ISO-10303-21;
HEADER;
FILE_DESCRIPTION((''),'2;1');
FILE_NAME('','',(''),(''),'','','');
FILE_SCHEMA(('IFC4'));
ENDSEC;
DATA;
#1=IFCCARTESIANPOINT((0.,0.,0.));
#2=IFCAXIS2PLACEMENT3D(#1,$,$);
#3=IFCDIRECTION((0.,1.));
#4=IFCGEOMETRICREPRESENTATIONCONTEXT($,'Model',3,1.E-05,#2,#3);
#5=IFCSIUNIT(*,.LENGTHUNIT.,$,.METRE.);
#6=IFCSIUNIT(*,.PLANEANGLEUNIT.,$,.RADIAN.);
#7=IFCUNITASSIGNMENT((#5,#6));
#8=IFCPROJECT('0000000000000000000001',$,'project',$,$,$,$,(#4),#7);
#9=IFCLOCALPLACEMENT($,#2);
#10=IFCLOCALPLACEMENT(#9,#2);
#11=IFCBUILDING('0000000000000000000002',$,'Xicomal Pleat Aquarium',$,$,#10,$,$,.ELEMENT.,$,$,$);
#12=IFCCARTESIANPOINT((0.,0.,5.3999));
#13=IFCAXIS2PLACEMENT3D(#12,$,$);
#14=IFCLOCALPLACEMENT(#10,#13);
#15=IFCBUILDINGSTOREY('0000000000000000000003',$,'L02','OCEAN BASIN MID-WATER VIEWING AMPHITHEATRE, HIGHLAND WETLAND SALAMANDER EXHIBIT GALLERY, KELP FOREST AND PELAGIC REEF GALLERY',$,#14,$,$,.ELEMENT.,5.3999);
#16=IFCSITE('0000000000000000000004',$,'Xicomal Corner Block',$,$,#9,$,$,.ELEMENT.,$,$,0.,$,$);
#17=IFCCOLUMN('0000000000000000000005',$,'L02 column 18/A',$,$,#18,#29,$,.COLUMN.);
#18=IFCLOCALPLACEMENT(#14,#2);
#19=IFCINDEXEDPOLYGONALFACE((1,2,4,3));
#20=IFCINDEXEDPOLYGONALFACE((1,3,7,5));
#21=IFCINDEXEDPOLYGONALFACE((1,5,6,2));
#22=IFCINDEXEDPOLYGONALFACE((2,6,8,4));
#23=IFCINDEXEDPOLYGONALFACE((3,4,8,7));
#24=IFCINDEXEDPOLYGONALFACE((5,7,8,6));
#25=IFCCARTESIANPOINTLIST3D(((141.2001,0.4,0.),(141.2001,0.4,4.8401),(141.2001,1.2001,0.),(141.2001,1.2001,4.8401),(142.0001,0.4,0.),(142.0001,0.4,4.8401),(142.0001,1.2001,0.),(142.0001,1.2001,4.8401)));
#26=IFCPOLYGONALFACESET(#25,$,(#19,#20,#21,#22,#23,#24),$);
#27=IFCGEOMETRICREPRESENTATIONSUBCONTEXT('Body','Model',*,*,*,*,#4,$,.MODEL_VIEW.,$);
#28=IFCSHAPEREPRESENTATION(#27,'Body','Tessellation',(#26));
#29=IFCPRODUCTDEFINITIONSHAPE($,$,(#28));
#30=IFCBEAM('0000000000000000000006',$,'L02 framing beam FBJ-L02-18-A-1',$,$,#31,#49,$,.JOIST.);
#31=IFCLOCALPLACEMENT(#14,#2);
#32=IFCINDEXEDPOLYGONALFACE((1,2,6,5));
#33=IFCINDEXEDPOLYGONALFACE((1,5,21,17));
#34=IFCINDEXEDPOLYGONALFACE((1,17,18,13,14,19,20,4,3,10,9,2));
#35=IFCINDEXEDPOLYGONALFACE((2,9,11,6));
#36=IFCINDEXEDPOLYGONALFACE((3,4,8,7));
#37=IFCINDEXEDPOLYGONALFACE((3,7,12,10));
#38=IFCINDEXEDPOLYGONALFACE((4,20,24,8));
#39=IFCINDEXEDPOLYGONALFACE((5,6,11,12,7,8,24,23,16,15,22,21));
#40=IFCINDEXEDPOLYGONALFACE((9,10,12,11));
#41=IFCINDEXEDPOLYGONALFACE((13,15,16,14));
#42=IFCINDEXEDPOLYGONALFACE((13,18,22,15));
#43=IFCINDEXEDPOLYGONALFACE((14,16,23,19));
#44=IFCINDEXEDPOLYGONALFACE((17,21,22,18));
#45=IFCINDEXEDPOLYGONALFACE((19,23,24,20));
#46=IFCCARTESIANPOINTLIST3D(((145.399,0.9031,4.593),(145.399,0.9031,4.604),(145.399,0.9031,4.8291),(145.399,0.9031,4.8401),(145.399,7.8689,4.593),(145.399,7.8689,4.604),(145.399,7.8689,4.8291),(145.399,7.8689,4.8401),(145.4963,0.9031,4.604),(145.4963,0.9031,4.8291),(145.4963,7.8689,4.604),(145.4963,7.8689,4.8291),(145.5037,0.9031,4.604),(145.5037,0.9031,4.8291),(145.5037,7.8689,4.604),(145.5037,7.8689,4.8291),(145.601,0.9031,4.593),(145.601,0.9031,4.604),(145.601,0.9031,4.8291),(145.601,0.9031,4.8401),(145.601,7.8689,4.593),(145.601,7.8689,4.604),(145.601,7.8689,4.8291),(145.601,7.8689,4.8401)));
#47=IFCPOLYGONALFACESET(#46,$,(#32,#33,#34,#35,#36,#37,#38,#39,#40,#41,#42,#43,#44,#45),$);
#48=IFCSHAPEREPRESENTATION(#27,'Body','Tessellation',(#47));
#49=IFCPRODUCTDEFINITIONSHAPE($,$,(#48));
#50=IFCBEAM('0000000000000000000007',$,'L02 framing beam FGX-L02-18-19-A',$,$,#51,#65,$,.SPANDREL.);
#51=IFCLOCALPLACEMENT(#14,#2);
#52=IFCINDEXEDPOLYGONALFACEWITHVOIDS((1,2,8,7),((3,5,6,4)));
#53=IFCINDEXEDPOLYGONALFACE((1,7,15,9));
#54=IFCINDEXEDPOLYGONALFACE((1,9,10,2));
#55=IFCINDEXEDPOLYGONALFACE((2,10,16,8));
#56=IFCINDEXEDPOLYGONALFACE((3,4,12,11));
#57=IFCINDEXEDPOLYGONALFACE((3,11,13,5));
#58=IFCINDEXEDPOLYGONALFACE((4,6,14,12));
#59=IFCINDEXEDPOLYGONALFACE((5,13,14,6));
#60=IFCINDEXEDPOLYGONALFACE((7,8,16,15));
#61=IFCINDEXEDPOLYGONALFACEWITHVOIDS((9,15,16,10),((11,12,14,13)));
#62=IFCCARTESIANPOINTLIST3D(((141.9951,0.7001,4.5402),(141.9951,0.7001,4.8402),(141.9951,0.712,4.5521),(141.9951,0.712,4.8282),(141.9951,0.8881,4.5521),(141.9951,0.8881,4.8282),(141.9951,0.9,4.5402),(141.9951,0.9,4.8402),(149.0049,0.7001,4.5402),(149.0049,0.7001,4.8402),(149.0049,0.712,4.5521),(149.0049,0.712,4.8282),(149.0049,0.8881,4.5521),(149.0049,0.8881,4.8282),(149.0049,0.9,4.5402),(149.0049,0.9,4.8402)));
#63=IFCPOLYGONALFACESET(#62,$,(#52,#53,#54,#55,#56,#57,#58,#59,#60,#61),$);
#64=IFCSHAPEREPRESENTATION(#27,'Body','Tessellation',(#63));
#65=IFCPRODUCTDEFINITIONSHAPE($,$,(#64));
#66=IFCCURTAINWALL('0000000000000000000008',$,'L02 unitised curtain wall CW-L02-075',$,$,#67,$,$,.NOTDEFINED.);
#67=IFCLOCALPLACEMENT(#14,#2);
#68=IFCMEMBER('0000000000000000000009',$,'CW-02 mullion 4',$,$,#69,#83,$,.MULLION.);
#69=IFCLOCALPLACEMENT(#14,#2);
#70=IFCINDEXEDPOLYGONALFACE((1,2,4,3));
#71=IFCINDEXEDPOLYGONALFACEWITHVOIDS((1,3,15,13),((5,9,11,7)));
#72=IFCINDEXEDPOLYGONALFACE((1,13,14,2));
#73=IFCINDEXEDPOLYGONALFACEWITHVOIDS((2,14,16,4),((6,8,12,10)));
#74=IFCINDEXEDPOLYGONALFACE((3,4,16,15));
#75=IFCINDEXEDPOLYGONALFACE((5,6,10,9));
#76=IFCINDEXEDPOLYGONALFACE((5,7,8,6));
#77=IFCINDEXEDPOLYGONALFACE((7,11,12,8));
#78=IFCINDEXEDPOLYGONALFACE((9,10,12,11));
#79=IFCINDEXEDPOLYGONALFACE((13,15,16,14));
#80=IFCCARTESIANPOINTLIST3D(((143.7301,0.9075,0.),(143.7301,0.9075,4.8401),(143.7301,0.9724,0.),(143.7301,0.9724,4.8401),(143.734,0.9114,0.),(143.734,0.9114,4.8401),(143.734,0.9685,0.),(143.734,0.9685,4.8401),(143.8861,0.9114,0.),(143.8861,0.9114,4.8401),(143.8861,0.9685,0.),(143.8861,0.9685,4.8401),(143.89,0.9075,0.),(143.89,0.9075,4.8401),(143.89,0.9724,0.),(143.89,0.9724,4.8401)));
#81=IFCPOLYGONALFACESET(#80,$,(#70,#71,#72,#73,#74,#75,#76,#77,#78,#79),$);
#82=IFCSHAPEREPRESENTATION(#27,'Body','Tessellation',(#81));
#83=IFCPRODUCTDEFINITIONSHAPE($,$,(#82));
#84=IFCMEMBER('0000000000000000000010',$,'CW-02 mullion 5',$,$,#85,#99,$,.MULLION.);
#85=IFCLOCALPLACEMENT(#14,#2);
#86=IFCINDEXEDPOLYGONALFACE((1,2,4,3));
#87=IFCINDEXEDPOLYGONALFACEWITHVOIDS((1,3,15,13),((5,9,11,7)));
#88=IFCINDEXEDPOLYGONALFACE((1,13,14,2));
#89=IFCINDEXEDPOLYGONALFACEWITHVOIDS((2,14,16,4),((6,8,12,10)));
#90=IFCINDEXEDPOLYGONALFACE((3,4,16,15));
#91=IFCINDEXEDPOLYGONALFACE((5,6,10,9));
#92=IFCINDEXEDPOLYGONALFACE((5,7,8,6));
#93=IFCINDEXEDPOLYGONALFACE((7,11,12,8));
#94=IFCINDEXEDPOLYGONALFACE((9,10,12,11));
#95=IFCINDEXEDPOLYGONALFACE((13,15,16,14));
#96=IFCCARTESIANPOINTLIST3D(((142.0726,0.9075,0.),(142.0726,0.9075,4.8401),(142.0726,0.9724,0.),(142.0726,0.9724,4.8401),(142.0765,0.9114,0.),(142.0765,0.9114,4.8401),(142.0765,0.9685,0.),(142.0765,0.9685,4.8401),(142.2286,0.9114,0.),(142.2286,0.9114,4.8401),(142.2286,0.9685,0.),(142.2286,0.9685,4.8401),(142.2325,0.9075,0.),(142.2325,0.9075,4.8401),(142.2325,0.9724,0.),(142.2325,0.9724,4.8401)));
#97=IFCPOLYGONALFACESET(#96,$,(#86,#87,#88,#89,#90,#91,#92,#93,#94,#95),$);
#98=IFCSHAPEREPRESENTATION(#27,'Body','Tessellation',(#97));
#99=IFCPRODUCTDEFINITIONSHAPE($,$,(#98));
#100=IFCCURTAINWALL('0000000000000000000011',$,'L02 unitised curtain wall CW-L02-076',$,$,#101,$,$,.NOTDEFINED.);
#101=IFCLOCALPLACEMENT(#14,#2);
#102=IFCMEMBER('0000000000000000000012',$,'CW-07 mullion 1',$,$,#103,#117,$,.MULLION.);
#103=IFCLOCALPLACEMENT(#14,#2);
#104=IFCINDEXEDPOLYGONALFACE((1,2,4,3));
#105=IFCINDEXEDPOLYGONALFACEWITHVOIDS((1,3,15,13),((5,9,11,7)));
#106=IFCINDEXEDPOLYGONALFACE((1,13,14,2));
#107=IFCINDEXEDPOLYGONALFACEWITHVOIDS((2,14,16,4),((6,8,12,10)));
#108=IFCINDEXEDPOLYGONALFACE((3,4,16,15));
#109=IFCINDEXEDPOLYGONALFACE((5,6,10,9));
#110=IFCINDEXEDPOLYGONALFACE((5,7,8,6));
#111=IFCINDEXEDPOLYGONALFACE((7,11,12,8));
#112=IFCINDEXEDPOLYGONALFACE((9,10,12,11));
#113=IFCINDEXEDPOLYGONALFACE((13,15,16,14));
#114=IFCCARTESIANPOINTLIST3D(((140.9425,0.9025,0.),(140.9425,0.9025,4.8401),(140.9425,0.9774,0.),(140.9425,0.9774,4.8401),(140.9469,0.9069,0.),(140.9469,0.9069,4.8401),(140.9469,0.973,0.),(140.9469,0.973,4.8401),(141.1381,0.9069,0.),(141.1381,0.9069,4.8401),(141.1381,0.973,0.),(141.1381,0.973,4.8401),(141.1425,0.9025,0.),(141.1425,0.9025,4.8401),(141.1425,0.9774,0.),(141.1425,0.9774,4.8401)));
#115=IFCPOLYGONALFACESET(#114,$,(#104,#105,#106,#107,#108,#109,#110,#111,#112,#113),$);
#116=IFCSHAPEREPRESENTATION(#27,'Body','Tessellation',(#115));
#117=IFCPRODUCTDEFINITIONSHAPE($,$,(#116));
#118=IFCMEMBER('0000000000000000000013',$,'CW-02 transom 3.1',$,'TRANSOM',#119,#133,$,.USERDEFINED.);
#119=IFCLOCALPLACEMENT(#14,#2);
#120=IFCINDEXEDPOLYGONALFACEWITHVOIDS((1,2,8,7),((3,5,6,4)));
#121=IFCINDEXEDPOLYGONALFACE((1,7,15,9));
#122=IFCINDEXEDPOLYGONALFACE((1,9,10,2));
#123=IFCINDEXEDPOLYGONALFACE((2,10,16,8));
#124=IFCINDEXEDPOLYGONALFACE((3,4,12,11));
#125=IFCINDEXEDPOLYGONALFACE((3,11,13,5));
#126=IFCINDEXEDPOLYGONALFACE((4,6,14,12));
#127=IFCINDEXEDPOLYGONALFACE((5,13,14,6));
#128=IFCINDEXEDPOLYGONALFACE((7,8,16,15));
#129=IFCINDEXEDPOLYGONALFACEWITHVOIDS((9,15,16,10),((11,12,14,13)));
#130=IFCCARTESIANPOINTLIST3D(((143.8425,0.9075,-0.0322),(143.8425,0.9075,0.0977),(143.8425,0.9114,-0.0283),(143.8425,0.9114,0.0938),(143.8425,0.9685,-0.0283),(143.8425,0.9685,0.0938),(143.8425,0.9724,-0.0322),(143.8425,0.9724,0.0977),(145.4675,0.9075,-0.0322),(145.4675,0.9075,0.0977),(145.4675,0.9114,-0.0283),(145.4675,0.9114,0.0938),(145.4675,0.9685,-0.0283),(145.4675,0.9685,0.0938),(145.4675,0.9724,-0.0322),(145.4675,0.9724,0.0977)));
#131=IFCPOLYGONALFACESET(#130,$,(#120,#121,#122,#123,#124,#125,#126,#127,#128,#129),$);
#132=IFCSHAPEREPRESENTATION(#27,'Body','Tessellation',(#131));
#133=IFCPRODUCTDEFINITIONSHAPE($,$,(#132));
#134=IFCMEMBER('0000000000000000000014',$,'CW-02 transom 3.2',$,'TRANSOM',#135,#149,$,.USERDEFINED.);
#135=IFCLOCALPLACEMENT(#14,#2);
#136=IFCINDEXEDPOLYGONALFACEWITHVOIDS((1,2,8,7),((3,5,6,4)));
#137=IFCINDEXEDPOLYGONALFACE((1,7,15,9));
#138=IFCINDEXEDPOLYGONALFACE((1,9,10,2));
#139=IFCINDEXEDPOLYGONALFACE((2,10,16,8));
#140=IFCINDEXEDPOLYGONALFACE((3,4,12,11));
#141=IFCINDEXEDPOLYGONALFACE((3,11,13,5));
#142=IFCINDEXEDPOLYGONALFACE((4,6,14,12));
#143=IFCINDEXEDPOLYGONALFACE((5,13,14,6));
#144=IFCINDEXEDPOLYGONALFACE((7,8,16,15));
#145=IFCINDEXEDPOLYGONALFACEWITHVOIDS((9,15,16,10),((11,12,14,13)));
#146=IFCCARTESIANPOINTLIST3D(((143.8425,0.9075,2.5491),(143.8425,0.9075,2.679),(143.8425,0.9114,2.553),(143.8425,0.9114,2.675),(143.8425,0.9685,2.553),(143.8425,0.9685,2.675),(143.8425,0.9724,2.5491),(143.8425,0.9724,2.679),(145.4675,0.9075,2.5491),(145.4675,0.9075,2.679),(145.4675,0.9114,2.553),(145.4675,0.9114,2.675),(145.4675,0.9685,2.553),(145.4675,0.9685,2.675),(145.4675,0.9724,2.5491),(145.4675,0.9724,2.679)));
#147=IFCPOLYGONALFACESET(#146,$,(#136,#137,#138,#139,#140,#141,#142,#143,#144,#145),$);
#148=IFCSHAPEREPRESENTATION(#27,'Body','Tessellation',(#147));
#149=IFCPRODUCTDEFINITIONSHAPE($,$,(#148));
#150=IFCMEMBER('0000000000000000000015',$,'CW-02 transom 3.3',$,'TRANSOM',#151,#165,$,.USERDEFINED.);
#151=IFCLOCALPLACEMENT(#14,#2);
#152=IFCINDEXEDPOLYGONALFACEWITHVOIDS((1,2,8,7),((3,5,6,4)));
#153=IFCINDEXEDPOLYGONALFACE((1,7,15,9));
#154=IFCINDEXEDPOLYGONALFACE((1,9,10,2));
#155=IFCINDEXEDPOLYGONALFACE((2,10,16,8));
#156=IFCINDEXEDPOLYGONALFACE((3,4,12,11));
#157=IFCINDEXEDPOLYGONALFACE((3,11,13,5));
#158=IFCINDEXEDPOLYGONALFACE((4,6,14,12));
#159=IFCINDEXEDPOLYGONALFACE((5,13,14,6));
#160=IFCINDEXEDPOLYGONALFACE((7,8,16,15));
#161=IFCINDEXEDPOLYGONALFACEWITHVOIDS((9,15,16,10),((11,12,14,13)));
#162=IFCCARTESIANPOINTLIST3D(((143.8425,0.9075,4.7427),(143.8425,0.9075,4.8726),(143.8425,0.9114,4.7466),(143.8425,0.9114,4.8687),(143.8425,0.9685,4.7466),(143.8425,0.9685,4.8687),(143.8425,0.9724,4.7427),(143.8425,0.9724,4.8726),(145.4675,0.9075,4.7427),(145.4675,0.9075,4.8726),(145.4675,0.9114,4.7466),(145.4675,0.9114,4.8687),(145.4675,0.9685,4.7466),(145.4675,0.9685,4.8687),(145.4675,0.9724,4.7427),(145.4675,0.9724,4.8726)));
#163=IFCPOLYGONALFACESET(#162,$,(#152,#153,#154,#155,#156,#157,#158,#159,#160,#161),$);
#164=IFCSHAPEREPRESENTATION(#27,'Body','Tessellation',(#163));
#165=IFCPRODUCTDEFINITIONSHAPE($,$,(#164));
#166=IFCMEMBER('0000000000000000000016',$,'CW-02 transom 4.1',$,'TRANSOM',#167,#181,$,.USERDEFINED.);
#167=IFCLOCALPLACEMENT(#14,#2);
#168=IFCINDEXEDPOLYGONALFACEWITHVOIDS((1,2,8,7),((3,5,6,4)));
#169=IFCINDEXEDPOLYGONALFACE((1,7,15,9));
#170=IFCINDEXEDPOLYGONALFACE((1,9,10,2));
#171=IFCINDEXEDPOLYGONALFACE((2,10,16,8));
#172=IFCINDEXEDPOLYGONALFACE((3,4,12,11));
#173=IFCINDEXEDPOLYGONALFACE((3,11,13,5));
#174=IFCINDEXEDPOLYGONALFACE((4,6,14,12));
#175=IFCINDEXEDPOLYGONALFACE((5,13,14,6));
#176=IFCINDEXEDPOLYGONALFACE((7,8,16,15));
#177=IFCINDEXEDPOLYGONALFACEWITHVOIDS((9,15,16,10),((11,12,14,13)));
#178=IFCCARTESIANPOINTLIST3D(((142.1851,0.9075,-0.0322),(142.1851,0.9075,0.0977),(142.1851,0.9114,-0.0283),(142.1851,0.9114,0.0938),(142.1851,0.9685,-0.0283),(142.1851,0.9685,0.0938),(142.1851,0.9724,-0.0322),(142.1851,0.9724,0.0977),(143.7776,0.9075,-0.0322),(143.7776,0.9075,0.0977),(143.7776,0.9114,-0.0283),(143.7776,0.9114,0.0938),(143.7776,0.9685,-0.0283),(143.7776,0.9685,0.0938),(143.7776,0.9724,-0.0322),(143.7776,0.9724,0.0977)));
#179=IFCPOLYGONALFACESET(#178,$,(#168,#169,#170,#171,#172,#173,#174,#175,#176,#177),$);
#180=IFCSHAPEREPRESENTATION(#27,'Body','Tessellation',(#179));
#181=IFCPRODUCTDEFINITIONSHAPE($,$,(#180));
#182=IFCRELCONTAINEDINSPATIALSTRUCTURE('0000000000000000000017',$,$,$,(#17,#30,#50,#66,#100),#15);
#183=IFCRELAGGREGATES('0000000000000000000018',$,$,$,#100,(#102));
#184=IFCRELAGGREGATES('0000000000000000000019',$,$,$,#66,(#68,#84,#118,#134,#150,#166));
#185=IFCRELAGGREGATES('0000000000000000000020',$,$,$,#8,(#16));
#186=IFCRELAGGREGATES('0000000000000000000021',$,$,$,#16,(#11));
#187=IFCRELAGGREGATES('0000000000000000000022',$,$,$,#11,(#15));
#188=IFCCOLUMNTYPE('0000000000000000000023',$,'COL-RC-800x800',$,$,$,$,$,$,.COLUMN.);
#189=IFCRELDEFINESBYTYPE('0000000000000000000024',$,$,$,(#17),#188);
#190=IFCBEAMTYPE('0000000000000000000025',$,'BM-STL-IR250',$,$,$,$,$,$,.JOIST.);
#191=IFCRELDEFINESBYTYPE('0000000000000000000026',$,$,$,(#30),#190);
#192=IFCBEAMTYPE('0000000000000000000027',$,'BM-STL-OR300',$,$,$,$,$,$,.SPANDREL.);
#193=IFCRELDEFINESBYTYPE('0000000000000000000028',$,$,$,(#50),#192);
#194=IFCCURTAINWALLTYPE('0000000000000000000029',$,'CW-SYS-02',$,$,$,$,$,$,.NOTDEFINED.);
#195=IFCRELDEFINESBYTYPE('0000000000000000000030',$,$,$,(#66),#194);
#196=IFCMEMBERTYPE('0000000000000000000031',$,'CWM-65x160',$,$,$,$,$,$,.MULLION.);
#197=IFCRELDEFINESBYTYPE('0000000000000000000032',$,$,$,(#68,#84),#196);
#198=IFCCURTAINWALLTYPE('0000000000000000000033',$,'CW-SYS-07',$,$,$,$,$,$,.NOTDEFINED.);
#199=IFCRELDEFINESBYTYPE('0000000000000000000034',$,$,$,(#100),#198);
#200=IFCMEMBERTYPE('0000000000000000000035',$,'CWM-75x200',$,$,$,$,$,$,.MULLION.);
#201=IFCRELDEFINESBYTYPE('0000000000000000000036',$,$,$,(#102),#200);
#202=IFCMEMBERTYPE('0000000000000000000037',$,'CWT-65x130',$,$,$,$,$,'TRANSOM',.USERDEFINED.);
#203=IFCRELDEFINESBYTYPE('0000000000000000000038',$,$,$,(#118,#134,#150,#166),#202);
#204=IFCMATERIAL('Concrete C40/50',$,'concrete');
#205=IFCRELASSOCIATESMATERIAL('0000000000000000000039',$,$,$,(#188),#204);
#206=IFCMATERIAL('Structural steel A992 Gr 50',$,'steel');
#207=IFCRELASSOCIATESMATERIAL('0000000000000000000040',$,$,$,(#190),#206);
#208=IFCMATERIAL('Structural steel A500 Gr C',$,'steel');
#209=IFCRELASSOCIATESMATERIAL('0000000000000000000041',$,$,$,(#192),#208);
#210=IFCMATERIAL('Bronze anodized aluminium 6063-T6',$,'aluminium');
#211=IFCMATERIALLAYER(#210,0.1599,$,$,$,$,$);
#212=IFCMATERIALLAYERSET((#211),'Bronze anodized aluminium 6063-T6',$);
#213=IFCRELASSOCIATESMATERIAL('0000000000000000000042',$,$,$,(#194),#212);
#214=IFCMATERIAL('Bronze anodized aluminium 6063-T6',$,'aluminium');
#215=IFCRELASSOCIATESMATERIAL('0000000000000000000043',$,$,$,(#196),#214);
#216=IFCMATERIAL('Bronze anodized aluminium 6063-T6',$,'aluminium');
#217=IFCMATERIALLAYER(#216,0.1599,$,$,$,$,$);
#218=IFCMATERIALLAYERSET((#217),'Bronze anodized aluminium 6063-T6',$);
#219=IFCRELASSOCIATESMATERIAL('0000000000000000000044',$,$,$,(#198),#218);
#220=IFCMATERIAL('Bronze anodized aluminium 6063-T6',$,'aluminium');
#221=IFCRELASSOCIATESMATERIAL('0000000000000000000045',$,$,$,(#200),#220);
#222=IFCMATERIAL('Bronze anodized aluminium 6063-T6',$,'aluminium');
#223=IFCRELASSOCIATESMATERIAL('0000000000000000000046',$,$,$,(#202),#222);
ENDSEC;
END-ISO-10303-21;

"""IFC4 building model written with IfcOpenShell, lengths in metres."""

from ifc_helpers import new_model, si_unit, direction, frame, origin, origin_2d, place, context, subcontext, project, spatial, rectangle, hollow_rectangle, i_section, extrude, material, layer, layer_set, material_profile, profile_set, type_object, element, aggregate, save


model = new_model("IFC4")

# Units and contexts
model_context = context("Model", 3, precision=1e-05, world=origin(), true_north=direction((0.0, 1.0)))
body_context = subcontext(model_context, "Body", "Model", "MODEL_VIEW")
ifc_project = project(units=[si_unit("LENGTHUNIT", "METRE"), si_unit("PLANEANGLEUNIT", "RADIAN")], contexts=[model_context])

# Site, building, storey
site_placement = place(None, origin())
site = spatial("IfcSite", under=ifc_project, at=site_placement, Name="Xicomal Corner Block", CompositionType="ELEMENT", RefElevation=0.0)
building_placement = place(site_placement, origin())
building = spatial("IfcBuilding", under=site, at=building_placement, Name="Xicomal Pleat Aquarium", CompositionType="ELEMENT")
storey_placement = place(building_placement, frame((0.0, 0.0, 5.3999)))
storey = spatial("IfcBuildingStorey", under=building, at=storey_placement, Name="L02", Description="OCEAN BASIN MID-WATER VIEWING AMPHITHEATRE, HIGHLAND WETLAND SALAMANDER EXHIBIT GALLERY, KELP FOREST AND PELAGIC REEF GALLERY", CompositionType="ELEMENT", Elevation=5.3999)

# Column
ifc_material_1 = material(Name="Concrete C40/50", Category="concrete")
ifc_material_profile_1 = material_profile(ifc_material_1, rectangle(XDim=0.8, YDim=0.8, at=origin_2d()), Name="RC 800x800")
ifc_profile_set_1 = profile_set([ifc_material_profile_1], Name="Concrete C40/50")
column_type = type_object("IfcColumnType", Name="COL-RC-800x800", PredefinedType="COLUMN", material=ifc_profile_set_1)
column_placement = place(storey_placement, frame((141.6001, 0.8, 0.0), z_axis=(0.0, 0.0, 1.0), x_axis=(1.0, 0.0, 0.0)))
element("IfcColumn", 1, at=column_placement, inside=storey, type_object=column_type, Name="L02 column 18/A", PredefinedType="COLUMN", context=body_context, shape_type="SweptSolid", body=[
    extrude(rectangle(XDim=0.8, YDim=0.8, at=origin_2d()), origin(), (0.0, 0.0, 1.0), 4.8401),
])

# Beams
ifc_material_2 = material(Name="Structural steel A992 Gr 50", Category="steel")
ifc_material_profile_2 = material_profile(ifc_material_2, i_section(OverallWidth=0.2019, OverallDepth=0.2471, WebThickness=0.0073, FlangeThickness=0.011, at=origin_2d()), Name="IR 250x49")
ifc_profile_set_2 = profile_set([ifc_material_profile_2], Name="Structural steel A992 Gr 50")
beam_type_1 = type_object("IfcBeamType", Name="BM-STL-IR250", PredefinedType="JOIST", material=ifc_profile_set_2)
beam_1_placement = place(storey_placement, frame((145.5, 0.9031, 4.7166), z_axis=(0.0, 1.0, 0.0), x_axis=(-1.0, 0.0, 0.0)))
element("IfcBeam", 2, at=beam_1_placement, inside=storey, type_object=beam_type_1, Name="L02 framing beam FBJ-L02-18-A-1", PredefinedType="JOIST", context=body_context, shape_type="SweptSolid", body=[
    extrude(i_section(OverallWidth=0.2019, OverallDepth=0.2471, WebThickness=0.0073, FlangeThickness=0.011, at=origin_2d()), origin(), (0.0, 0.0, 1.0), 6.9658),
])
ifc_material_3 = material(Name="Structural steel A500 Gr C", Category="steel")
ifc_material_profile_3 = material_profile(ifc_material_3, hollow_rectangle(XDim=0.2, YDim=0.3, WallThickness=0.012, at=origin_2d()), Name="OR 300x200x12")
ifc_profile_set_3 = profile_set([ifc_material_profile_3], Name="Structural steel A500 Gr C")
beam_type_2 = type_object("IfcBeamType", Name="BM-STL-OR300", PredefinedType="SPANDREL", material=ifc_profile_set_3)
beam_2_placement = place(storey_placement, frame((141.9951, 0.8, 4.6902), z_axis=(1.0, 0.0, 0.0), x_axis=(0.0, 1.0, 0.0)))
element("IfcBeam", 3, at=beam_2_placement, inside=storey, type_object=beam_type_2, Name="L02 framing beam FGX-L02-18-19-A", PredefinedType="SPANDREL", context=body_context, shape_type="SweptSolid", body=[
    extrude(hollow_rectangle(XDim=0.2, YDim=0.3, WallThickness=0.012, at=origin_2d()), origin(), (0.0, 0.0, 1.0), 7.0098),
])

# Curtain wall, members
ifc_material_4 = material(Name="Bronze anodized aluminium 6063-T6", Category="aluminium")
ifc_layer_1 = layer(ifc_material_4, 0.1599)
ifc_layer_set_1 = layer_set([ifc_layer_1], Name="Bronze anodized aluminium 6063-T6")
curtain_wall_type_1 = type_object("IfcCurtainWallType", Name="CW-SYS-02", PredefinedType="NOTDEFINED", material=ifc_layer_set_1)
curtain_wall_1_placement = place(storey_placement, origin())
curtain_wall_1 = element("IfcCurtainWall", 4, at=curtain_wall_1_placement, inside=storey, type_object=curtain_wall_type_1, Name="L02 unitised curtain wall CW-L02-075", PredefinedType="NOTDEFINED")
ifc_material_5 = material(Name="Bronze anodized aluminium 6063-T6", Category="aluminium")
ifc_material_profile_4 = material_profile(ifc_material_5, hollow_rectangle(XDim=0.0649, YDim=0.1599, WallThickness=0.0039, at=origin_2d()), Name="ALU MULL 65x160")
ifc_profile_set_4 = profile_set([ifc_material_profile_4], Name="Bronze anodized aluminium 6063-T6")
member_type_1 = type_object("IfcMemberType", Name="CWM-65x160", PredefinedType="MULLION", material=ifc_profile_set_4)
member_1_placement = place(storey_placement, frame((143.8101, 0.9399, 0.0), z_axis=(0.0, 0.0, 1.0), x_axis=(0.0, -1.0, 0.0)))
member_1 = element("IfcMember", 5, at=member_1_placement, type_object=member_type_1, Name="CW-02 mullion 4", PredefinedType="MULLION", context=body_context, shape_type="SweptSolid", body=[
    extrude(hollow_rectangle(XDim=0.0649, YDim=0.1599, WallThickness=0.0039, at=origin_2d()), origin(), (0.0, 0.0, 1.0), 4.8401),
])
member_2_placement = place(storey_placement, frame((142.1526, 0.9399, 0.0), z_axis=(0.0, 0.0, 1.0), x_axis=(0.0, -1.0, 0.0)))
member_2 = element("IfcMember", 6, at=member_2_placement, type_object=member_type_1, Name="CW-02 mullion 5", PredefinedType="MULLION", context=body_context, shape_type="SweptSolid", body=[
    extrude(hollow_rectangle(XDim=0.0649, YDim=0.1599, WallThickness=0.0039, at=origin_2d()), origin(), (0.0, 0.0, 1.0), 4.8401),
])

# Curtain wall, member
ifc_material_6 = material(Name="Bronze anodized aluminium 6063-T6", Category="aluminium")
ifc_layer_2 = layer(ifc_material_6, 0.1599)
ifc_layer_set_2 = layer_set([ifc_layer_2], Name="Bronze anodized aluminium 6063-T6")
curtain_wall_type_2 = type_object("IfcCurtainWallType", Name="CW-SYS-07", PredefinedType="NOTDEFINED", material=ifc_layer_set_2)
curtain_wall_2_placement = place(storey_placement, origin())
curtain_wall_2 = element("IfcCurtainWall", 7, at=curtain_wall_2_placement, inside=storey, type_object=curtain_wall_type_2, Name="L02 unitised curtain wall CW-L02-076", PredefinedType="NOTDEFINED")
ifc_material_7 = material(Name="Bronze anodized aluminium 6063-T6", Category="aluminium")
ifc_material_profile_5 = material_profile(ifc_material_7, hollow_rectangle(XDim=0.075, YDim=0.2, WallThickness=0.0044, at=origin_2d()), Name="ALU MULL 75x200")
ifc_profile_set_5 = profile_set([ifc_material_profile_5], Name="Bronze anodized aluminium 6063-T6")
member_type_2 = type_object("IfcMemberType", Name="CWM-75x200", PredefinedType="MULLION", material=ifc_profile_set_5)
member_3_placement = place(storey_placement, frame((141.0425, 0.9399, 0.0), z_axis=(0.0, 0.0, 1.0), x_axis=(0.0, -1.0, 0.0)))
member_3 = element("IfcMember", 8, at=member_3_placement, type_object=member_type_2, Name="CW-07 mullion 1", PredefinedType="MULLION", context=body_context, shape_type="SweptSolid", body=[
    extrude(hollow_rectangle(XDim=0.075, YDim=0.2, WallThickness=0.0044, at=origin_2d()), origin(), (0.0, 0.0, 1.0), 4.8401),
])

# Members
ifc_material_8 = material(Name="Bronze anodized aluminium 6063-T6", Category="aluminium")
ifc_material_profile_6 = material_profile(ifc_material_8, hollow_rectangle(XDim=0.0649, YDim=0.1299, WallThickness=0.0039, at=origin_2d()), Name="ALU TRAN 65x130")
ifc_profile_set_6 = profile_set([ifc_material_profile_6], Name="Bronze anodized aluminium 6063-T6")
member_type_3 = type_object("IfcMemberType", Name="CWT-65x130", ElementType="TRANSOM", PredefinedType="USERDEFINED", material=ifc_profile_set_6)
member_4_placement = place(storey_placement, frame((145.4675, 0.9399, 0.0327), z_axis=(-1.0, 0.0, 0.0), x_axis=(0.0, -1.0, 0.0)))
member_4 = element("IfcMember", 9, at=member_4_placement, type_object=member_type_3, Name="CW-02 transom 3.1", ObjectType="TRANSOM", PredefinedType="USERDEFINED", context=body_context, shape_type="SweptSolid", body=[
    extrude(hollow_rectangle(XDim=0.0649, YDim=0.1299, WallThickness=0.0039, at=origin_2d()), origin(), (0.0, 0.0, 1.0), 1.625),
])
member_5_placement = place(storey_placement, frame((145.4675, 0.9399, 2.614), z_axis=(-1.0, 0.0, 0.0), x_axis=(0.0, -1.0, 0.0)))
member_5 = element("IfcMember", 10, at=member_5_placement, type_object=member_type_3, Name="CW-02 transom 3.2", ObjectType="TRANSOM", PredefinedType="USERDEFINED", context=body_context, shape_type="SweptSolid", body=[
    extrude(hollow_rectangle(XDim=0.0649, YDim=0.1299, WallThickness=0.0039, at=origin_2d()), origin(), (0.0, 0.0, 1.0), 1.625),
])
member_6_placement = place(storey_placement, frame((145.4675, 0.9399, 4.8076), z_axis=(-1.0, 0.0, 0.0), x_axis=(0.0, -1.0, 0.0)))
member_6 = element("IfcMember", 11, at=member_6_placement, type_object=member_type_3, Name="CW-02 transom 3.3", ObjectType="TRANSOM", PredefinedType="USERDEFINED", context=body_context, shape_type="SweptSolid", body=[
    extrude(hollow_rectangle(XDim=0.0649, YDim=0.1299, WallThickness=0.0039, at=origin_2d()), origin(), (0.0, 0.0, 1.0), 1.625),
])
member_7_placement = place(storey_placement, frame((143.7776, 0.9399, 0.0327), z_axis=(-1.0, 0.0, 0.0), x_axis=(0.0, -1.0, 0.0)))
member_7 = element("IfcMember", 12, at=member_7_placement, type_object=member_type_3, Name="CW-02 transom 4.1", ObjectType="TRANSOM", PredefinedType="USERDEFINED", context=body_context, shape_type="SweptSolid", body=[
    extrude(hollow_rectangle(XDim=0.0649, YDim=0.1299, WallThickness=0.0039, at=origin_2d()), origin(), (0.0, 0.0, 1.0), 1.5925),
])
aggregate(curtain_wall_2, [member_3])

aggregate(curtain_wall_1, [member_1, member_2, member_4, member_5, member_6, member_7])

save(model, "model.ifc")
